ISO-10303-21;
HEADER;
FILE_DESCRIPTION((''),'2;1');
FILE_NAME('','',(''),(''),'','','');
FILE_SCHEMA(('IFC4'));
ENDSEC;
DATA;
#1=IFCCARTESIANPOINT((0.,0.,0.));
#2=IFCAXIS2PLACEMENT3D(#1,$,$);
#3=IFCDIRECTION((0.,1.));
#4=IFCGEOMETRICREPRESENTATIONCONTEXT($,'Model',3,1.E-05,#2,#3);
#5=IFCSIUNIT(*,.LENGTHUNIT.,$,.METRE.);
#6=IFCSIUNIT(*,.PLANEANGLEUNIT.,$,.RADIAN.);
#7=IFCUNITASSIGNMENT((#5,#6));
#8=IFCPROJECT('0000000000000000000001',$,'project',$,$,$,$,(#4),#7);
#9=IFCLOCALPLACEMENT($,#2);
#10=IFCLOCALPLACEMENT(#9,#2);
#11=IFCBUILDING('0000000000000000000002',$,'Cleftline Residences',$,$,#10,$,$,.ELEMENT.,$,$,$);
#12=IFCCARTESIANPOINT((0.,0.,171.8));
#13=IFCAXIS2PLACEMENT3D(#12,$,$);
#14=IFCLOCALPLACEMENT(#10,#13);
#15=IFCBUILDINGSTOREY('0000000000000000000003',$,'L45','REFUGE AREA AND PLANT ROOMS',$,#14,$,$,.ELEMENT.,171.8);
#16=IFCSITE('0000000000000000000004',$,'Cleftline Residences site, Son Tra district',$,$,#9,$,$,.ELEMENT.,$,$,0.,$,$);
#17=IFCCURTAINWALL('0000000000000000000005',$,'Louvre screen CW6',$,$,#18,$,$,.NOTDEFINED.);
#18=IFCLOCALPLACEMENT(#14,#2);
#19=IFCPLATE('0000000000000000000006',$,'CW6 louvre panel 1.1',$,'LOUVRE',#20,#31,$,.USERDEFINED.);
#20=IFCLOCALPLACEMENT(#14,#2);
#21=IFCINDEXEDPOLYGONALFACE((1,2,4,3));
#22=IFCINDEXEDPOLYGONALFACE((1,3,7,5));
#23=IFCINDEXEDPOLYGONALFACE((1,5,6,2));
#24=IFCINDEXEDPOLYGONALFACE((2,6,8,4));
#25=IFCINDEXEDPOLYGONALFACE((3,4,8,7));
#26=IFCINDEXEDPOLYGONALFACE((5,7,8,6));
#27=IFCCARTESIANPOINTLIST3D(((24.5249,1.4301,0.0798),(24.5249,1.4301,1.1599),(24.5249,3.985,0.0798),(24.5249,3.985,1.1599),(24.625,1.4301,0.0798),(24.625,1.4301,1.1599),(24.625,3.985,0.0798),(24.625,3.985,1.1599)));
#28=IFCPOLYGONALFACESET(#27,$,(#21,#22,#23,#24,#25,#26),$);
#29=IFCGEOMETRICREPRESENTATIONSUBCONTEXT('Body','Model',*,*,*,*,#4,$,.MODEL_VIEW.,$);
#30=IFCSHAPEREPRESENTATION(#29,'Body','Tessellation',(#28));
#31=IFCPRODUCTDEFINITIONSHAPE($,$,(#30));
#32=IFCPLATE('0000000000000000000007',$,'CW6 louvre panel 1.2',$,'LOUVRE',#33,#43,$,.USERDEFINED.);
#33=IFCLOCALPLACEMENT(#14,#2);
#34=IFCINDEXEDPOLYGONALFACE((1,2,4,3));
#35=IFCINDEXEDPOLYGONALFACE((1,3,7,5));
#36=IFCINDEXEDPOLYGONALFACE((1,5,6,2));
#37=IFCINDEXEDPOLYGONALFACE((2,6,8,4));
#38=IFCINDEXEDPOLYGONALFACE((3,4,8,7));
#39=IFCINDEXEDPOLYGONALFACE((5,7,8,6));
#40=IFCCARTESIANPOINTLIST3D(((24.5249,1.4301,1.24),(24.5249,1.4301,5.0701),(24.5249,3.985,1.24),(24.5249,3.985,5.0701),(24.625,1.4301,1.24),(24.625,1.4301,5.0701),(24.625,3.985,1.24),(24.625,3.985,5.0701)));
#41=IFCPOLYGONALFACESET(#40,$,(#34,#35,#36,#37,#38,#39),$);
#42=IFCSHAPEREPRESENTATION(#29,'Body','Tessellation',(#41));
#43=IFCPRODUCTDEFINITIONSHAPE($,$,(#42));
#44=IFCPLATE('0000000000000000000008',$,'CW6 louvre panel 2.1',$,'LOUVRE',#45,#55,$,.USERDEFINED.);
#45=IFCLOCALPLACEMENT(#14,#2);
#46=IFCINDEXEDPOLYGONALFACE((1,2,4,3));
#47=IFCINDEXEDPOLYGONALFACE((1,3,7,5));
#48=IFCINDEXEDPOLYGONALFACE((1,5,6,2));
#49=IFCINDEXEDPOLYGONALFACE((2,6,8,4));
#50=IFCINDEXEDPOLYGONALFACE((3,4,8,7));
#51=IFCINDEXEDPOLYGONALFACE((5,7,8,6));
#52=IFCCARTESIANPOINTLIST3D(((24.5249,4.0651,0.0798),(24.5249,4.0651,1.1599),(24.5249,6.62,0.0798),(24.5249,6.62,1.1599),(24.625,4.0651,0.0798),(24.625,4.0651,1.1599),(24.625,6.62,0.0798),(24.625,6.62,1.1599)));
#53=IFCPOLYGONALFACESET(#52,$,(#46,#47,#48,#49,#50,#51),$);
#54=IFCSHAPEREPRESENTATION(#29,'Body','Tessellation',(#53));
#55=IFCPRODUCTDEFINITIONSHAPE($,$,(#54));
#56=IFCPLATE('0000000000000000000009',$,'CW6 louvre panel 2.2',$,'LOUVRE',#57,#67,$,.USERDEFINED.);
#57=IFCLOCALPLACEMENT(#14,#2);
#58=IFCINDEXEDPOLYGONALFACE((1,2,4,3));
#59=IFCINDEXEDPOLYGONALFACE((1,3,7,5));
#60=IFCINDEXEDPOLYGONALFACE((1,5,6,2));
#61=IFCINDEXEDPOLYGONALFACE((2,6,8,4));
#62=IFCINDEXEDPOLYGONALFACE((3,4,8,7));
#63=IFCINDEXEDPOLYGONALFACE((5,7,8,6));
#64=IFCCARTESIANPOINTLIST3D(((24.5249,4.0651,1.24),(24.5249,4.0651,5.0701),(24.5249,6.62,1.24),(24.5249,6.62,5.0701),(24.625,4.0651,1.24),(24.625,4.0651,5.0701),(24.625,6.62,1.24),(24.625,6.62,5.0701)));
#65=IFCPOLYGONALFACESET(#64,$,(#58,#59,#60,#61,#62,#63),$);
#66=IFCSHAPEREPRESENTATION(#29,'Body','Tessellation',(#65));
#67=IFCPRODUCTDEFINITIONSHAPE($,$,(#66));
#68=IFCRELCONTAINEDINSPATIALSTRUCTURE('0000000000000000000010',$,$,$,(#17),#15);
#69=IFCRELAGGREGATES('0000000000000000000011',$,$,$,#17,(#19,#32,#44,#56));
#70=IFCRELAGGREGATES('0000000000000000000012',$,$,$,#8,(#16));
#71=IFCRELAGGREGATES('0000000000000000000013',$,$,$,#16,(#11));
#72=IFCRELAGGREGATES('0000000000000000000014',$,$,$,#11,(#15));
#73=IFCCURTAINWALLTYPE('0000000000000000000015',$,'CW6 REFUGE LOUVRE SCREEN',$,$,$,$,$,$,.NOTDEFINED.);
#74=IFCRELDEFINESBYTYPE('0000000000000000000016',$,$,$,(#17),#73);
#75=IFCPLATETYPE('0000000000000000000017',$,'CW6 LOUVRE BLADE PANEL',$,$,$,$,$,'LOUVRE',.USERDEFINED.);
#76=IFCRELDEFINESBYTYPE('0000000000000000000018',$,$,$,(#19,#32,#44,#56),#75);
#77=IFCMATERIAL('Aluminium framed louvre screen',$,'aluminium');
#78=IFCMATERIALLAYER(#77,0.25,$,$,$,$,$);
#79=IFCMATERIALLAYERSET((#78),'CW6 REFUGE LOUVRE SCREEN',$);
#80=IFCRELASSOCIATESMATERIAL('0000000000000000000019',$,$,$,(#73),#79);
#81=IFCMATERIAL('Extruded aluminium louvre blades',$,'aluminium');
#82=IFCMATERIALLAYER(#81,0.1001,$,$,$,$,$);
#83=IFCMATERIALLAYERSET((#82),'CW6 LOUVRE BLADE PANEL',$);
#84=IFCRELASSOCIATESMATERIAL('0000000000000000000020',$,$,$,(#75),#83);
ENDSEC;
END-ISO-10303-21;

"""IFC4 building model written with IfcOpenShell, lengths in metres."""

from ifc_helpers import new_model, si_unit, direction, frame, origin, origin_2d, place, context, subcontext, project, spatial, rectangle, extrude, material, layer, layer_set, type_object, element, aggregate, save


model = new_model("IFC4")

# Units and contexts
model_context = context("Model", 3, precision=1e-05, world=origin(), true_north=direction((0.0, 1.0)))
body_context = subcontext(model_context, "Body", "Model", "MODEL_VIEW")
ifc_project = project(units=[si_unit("LENGTHUNIT", "METRE"), si_unit("PLANEANGLEUNIT", "RADIAN")], contexts=[model_context])

# Site, building, storey
site_placement = place(None, origin())
site = spatial("IfcSite", under=ifc_project, at=site_placement, Name="Cleftline Residences site, Son Tra district", CompositionType="ELEMENT", RefElevation=0.0)
building_placement = place(site_placement, origin())
building = spatial("IfcBuilding", under=site, at=building_placement, Name="Cleftline Residences", CompositionType="ELEMENT")
storey_placement = place(building_placement, frame((0.0, 0.0, 171.8)))
storey = spatial("IfcBuildingStorey", under=building, at=storey_placement, Name="L45", Description="REFUGE AREA AND PLANT ROOMS", CompositionType="ELEMENT", Elevation=171.8)

# Curtain wall, plates
ifc_material_1 = material(Name="Aluminium framed louvre screen", Category="aluminium")
ifc_layer_1 = layer(ifc_material_1, 0.25)
ifc_layer_set_1 = layer_set([ifc_layer_1], Name="CW6 REFUGE LOUVRE SCREEN")
curtain_wall_type = type_object("IfcCurtainWallType", Name="CW6 REFUGE LOUVRE SCREEN", PredefinedType="NOTDEFINED", material=ifc_layer_set_1)
curtain_wall_placement = place(storey_placement, origin())
curtain_wall = element("IfcCurtainWall", 1, at=curtain_wall_placement, inside=storey, type_object=curtain_wall_type, Name="Louvre screen CW6", PredefinedType="NOTDEFINED")
ifc_material_2 = material(Name="Extruded aluminium louvre blades", Category="aluminium")
ifc_layer_2 = layer(ifc_material_2, 0.1001)
ifc_layer_set_2 = layer_set([ifc_layer_2], Name="CW6 LOUVRE BLADE PANEL")
plate_type = type_object("IfcPlateType", Name="CW6 LOUVRE BLADE PANEL", ElementType="LOUVRE", PredefinedType="USERDEFINED", material=ifc_layer_set_2)
plate_1_placement = place(storey_placement, frame((24.575, 2.7075, 0.0798), z_axis=(0.0, 0.0, 1.0), x_axis=(0.0, 1.0, 0.0)))
plate_1 = element("IfcPlate", 2, at=plate_1_placement, type_object=plate_type, Name="CW6 louvre panel 1.1", ObjectType="LOUVRE", PredefinedType="USERDEFINED", context=body_context, shape_type="SweptSolid", body=[
    extrude(rectangle(XDim=2.5549, YDim=0.1001, at=origin_2d()), origin(), (0.0, 0.0, 1.0), 1.0801),
])
plate_2_placement = place(storey_placement, frame((24.575, 2.7075, 1.24), z_axis=(0.0, 0.0, 1.0), x_axis=(0.0, 1.0, 0.0)))
plate_2 = element("IfcPlate", 3, at=plate_2_placement, type_object=plate_type, Name="CW6 louvre panel 1.2", ObjectType="LOUVRE", PredefinedType="USERDEFINED", context=body_context, shape_type="SweptSolid", body=[
    extrude(rectangle(XDim=2.5549, YDim=0.1001, at=origin_2d()), origin(), (0.0, 0.0, 1.0), 3.8301),
])
plate_3_placement = place(storey_placement, frame((24.575, 5.3425, 0.0798), z_axis=(0.0, 0.0, 1.0), x_axis=(0.0, 1.0, 0.0)))
plate_3 = element("IfcPlate", 4, at=plate_3_placement, type_object=plate_type, Name="CW6 louvre panel 2.1", ObjectType="LOUVRE", PredefinedType="USERDEFINED", context=body_context, shape_type="SweptSolid", body=[
    extrude(rectangle(XDim=2.5549, YDim=0.1001, at=origin_2d()), origin(), (0.0, 0.0, 1.0), 1.0801),
])
plate_4_placement = place(storey_placement, frame((24.575, 5.3425, 1.24), z_axis=(0.0, 0.0, 1.0), x_axis=(0.0, 1.0, 0.0)))
plate_4 = element("IfcPlate", 5, at=plate_4_placement, type_object=plate_type, Name="CW6 louvre panel 2.2", ObjectType="LOUVRE", PredefinedType="USERDEFINED", context=body_context, shape_type="SweptSolid", body=[
    extrude(rectangle(XDim=2.5549, YDim=0.1001, at=origin_2d()), origin(), (0.0, 0.0, 1.0), 3.8301),
])
aggregate(curtain_wall, [plate_1, plate_2, plate_3, plate_4])

save(model, "model.ifc")
